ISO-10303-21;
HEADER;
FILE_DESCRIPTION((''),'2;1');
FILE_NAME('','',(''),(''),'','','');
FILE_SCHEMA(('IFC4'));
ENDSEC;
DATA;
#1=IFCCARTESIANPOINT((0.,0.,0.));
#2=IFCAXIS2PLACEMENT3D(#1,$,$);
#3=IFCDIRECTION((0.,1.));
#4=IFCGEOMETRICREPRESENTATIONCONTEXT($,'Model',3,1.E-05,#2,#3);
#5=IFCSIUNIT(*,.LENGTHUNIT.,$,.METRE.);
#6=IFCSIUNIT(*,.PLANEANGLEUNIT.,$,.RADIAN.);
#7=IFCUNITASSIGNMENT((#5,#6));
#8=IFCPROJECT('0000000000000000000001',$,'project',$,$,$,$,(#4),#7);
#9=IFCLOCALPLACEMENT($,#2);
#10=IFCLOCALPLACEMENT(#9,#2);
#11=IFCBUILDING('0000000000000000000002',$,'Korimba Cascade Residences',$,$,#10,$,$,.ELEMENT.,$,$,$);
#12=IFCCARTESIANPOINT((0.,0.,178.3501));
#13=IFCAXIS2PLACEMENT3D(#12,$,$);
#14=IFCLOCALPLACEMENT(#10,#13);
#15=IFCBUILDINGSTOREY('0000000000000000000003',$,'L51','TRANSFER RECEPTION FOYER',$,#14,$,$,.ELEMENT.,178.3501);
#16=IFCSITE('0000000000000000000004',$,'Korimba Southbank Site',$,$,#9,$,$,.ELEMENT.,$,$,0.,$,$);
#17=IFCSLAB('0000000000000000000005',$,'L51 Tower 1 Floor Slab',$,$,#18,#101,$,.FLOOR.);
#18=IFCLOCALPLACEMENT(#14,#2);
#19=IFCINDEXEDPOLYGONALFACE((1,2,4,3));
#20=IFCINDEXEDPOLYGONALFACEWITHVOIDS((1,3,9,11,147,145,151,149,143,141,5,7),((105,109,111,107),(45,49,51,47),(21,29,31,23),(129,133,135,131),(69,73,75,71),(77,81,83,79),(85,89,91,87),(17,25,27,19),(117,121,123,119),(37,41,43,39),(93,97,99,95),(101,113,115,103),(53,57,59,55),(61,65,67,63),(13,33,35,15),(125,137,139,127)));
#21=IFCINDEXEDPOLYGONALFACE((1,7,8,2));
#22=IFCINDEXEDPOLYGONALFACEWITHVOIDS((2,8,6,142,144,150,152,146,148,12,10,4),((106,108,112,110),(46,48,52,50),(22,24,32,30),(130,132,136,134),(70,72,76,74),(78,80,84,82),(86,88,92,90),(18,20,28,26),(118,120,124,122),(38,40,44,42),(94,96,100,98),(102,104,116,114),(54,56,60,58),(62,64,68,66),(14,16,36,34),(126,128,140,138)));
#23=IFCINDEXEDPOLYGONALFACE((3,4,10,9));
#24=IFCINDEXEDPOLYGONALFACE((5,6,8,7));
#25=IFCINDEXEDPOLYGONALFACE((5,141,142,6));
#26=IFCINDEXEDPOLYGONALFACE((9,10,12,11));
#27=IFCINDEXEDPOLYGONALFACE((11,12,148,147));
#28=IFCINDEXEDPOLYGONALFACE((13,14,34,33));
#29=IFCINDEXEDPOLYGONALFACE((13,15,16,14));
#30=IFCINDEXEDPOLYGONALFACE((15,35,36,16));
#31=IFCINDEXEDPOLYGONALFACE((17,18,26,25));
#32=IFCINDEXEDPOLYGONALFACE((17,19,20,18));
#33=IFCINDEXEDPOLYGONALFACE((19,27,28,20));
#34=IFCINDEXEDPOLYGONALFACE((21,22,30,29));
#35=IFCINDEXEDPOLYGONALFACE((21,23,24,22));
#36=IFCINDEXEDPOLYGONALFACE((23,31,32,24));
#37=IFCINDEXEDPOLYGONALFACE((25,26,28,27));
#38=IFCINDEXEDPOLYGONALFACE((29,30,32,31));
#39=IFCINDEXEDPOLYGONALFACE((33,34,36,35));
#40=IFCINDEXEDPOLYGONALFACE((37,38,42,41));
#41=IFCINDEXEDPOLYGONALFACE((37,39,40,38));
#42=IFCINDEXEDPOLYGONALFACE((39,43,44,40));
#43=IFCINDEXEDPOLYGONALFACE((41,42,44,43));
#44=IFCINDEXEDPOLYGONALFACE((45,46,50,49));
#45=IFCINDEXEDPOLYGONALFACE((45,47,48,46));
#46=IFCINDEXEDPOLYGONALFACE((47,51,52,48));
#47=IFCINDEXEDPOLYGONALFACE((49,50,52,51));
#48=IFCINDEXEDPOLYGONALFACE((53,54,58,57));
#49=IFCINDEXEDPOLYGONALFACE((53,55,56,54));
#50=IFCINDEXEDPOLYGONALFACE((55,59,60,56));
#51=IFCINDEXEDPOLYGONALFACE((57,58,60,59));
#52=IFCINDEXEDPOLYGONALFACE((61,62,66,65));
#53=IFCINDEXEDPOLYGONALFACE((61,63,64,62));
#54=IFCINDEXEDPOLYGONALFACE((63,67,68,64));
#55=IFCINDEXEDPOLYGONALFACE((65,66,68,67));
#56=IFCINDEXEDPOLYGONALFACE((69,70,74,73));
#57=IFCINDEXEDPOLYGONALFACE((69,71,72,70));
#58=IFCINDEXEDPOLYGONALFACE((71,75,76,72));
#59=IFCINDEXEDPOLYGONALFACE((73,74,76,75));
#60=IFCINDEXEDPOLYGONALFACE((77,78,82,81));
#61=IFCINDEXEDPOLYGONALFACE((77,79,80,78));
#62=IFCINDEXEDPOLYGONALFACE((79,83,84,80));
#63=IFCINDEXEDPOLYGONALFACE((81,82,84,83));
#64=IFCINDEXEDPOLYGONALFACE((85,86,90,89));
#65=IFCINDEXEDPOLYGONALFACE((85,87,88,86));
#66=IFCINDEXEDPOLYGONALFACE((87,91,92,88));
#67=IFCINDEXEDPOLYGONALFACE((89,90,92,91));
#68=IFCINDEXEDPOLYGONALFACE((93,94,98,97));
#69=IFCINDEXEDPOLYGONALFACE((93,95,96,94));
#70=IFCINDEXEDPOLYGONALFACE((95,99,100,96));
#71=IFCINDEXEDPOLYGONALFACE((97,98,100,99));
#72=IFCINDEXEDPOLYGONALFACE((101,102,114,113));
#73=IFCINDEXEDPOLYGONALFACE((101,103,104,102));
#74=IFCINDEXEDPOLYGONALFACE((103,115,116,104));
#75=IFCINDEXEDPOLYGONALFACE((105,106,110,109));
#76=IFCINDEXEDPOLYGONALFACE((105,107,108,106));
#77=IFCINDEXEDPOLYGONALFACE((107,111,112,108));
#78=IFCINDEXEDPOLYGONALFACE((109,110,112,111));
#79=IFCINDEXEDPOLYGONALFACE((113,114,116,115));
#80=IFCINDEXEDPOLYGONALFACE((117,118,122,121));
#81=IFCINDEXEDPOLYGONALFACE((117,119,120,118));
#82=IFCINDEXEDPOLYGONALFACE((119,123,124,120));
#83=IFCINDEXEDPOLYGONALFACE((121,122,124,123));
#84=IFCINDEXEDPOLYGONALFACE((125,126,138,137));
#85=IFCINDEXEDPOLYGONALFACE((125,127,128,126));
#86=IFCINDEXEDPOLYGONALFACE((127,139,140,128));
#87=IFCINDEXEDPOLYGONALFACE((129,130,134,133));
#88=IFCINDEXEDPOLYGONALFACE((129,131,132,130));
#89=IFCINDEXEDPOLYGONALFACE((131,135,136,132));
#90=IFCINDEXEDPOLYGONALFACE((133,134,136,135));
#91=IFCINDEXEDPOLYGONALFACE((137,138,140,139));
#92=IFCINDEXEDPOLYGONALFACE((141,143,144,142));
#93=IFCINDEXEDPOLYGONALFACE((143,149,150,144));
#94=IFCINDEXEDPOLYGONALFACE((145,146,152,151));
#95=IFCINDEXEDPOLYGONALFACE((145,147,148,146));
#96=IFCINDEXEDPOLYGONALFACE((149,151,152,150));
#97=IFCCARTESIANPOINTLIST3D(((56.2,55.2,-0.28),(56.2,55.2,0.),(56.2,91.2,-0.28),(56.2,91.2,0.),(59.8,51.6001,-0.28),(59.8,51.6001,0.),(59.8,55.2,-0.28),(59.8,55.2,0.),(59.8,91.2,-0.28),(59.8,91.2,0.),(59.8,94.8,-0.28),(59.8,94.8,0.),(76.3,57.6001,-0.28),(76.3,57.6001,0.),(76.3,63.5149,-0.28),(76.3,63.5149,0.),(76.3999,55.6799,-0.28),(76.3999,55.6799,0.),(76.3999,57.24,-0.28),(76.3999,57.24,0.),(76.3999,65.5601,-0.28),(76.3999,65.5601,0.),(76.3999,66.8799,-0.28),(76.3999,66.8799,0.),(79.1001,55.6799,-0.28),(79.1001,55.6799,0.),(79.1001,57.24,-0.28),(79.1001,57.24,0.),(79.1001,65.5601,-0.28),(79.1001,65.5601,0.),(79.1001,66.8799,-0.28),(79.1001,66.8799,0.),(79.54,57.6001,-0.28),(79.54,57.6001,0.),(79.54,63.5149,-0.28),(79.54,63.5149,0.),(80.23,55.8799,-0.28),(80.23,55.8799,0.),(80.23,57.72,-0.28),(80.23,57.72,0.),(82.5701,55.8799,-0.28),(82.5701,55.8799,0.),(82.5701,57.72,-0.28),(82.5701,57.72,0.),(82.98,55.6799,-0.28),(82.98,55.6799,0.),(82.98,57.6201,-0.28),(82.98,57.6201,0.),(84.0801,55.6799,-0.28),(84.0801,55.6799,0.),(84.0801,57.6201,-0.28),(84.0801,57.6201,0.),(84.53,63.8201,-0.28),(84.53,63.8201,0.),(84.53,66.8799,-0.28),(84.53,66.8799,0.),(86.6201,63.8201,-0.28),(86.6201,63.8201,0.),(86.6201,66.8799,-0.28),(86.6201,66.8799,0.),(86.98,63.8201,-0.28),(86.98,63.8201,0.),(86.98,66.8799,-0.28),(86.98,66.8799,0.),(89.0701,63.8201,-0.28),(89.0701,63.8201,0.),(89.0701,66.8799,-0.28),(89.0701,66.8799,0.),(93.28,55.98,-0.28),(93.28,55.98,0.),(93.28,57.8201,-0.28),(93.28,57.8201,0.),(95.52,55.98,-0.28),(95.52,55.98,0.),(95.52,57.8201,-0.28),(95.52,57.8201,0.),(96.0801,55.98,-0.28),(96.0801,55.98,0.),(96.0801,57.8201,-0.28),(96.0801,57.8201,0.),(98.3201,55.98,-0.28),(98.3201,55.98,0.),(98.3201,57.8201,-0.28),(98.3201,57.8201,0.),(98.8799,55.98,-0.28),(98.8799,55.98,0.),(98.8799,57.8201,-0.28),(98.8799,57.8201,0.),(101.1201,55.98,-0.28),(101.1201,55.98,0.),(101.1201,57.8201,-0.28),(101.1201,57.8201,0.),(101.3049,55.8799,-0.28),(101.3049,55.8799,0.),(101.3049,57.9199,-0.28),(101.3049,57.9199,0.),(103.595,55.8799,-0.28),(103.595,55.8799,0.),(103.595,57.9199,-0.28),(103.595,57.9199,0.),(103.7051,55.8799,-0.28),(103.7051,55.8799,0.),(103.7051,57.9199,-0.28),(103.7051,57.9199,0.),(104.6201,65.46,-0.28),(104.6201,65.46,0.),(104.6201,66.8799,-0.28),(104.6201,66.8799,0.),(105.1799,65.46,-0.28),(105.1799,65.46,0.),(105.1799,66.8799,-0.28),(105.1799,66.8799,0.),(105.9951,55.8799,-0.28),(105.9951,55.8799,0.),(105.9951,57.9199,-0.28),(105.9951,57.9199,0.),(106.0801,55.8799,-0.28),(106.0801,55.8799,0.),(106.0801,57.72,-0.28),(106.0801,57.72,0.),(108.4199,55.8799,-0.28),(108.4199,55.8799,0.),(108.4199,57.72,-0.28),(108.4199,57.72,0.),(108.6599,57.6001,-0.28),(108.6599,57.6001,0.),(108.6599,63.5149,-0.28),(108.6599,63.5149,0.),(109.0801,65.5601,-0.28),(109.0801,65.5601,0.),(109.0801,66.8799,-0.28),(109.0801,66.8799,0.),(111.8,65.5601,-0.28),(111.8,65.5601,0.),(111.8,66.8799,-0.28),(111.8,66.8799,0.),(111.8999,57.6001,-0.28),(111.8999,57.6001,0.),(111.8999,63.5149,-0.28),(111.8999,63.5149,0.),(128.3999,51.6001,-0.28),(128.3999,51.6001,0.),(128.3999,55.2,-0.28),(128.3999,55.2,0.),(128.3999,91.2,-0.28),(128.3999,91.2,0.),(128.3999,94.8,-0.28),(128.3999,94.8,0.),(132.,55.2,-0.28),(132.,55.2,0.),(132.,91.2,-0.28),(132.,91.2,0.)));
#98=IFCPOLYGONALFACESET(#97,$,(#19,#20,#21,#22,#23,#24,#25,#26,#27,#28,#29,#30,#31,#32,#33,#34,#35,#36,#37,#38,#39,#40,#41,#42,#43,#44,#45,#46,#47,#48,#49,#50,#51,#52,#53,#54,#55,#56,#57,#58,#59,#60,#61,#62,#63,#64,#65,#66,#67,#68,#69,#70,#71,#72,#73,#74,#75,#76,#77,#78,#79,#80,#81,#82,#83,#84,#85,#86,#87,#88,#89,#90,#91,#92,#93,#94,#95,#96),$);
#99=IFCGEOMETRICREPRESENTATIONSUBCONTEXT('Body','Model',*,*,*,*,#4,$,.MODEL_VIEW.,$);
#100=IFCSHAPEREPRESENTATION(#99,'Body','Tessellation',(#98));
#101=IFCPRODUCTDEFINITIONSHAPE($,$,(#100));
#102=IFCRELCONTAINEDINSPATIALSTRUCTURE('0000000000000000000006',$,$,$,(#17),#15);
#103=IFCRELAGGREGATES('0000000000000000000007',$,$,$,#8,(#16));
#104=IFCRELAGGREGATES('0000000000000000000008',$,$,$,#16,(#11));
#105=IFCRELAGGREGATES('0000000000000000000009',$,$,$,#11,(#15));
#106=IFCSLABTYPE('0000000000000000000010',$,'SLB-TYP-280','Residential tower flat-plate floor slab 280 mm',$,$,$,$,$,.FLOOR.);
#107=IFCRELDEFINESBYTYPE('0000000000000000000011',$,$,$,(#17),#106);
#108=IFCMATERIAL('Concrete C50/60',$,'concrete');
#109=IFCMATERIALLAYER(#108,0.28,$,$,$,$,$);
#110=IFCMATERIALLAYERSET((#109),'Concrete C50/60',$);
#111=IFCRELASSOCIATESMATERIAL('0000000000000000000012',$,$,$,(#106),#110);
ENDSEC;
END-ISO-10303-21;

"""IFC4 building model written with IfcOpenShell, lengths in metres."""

from ifc_helpers import new_model, si_unit, direction, frame, origin, place, context, subcontext, project, spatial, polyline, outline, extrude, material, layer, layer_set, type_object, element, save


model = new_model("IFC4")

# Units and contexts
model_context = context("Model", 3, precision=1e-05, world=origin(), true_north=direction((0.0, 1.0)))
body_context = subcontext(model_context, "Body", "Model", "MODEL_VIEW")
ifc_project = project(units=[si_unit("LENGTHUNIT", "METRE"), si_unit("PLANEANGLEUNIT", "RADIAN")], contexts=[model_context])

# Site, building, storey
site_placement = place(None, origin())
site = spatial("IfcSite", under=ifc_project, at=site_placement, Name="Korimba Southbank Site", CompositionType="ELEMENT", RefElevation=0.0)
building_placement = place(site_placement, origin())
building = spatial("IfcBuilding", under=site, at=building_placement, Name="Korimba Cascade Residences", CompositionType="ELEMENT")
storey_placement = place(building_placement, frame((0.0, 0.0, 178.3501)))
storey = spatial("IfcBuildingStorey", under=building, at=storey_placement, Name="L51", Description="TRANSFER RECEPTION FOYER", CompositionType="ELEMENT", Elevation=178.3501)

# Shared definitions
ifc_material_1 = material(Name="Concrete C50/60", Category="concrete")

# Slab
ifc_layer_1 = layer(ifc_material_1, 0.28)
ifc_layer_set_1 = layer_set([ifc_layer_1], Name="Concrete C50/60")
slab_type_1 = type_object("IfcSlabType", Name="SLB-TYP-280", Description="Residential tower flat-plate floor slab 280 mm", PredefinedType="FLOOR", material=ifc_layer_set_1)
slab_1_placement = place(storey_placement, frame((0.0, 0.0, -0.28)))
element("IfcSlab", 1, at=slab_1_placement, inside=storey, type_object=slab_type_1, Name="L51 Tower 1 Floor Slab", PredefinedType="FLOOR", context=body_context, shape_type="SweptSolid", body=[
    extrude(outline(polyline([(59.8, 51.6001), (128.3999, 51.6001), (128.3999, 55.2), (132.0, 55.2), (132.0, 91.2), (128.3999, 91.2), (128.3999, 94.8), (59.8, 94.8), (59.8, 91.2), (56.2, 91.2), (56.2, 55.2), (59.8, 55.2), (59.8, 51.6001)]), holes=[polyline([(76.3, 63.5149), (76.3, 57.6001), (79.54, 57.6001), (79.54, 63.5149), (76.3, 63.5149)]), polyline([(108.6599, 63.5149), (108.6599, 57.6001), (111.8999, 57.6001), (111.8999, 63.5149), (108.6599, 63.5149)]), polyline([(80.23, 55.8799), (82.5701, 55.8799), (82.5701, 57.72), (80.23, 57.72), (80.23, 55.8799)]), polyline([(106.0801, 55.8799), (108.4199, 55.8799), (108.4199, 57.72), (106.0801, 57.72), (106.0801, 55.8799)]), polyline([(93.28, 55.98), (95.52, 55.98), (95.52, 57.8201), (93.28, 57.8201), (93.28, 55.98)]), polyline([(96.0801, 55.98), (98.3201, 55.98), (98.3201, 57.8201), (96.0801, 57.8201), (96.0801, 55.98)]), polyline([(98.8799, 55.98), (101.1201, 55.98), (101.1201, 57.8201), (98.8799, 57.8201), (98.8799, 55.98)]), polyline([(101.3049, 55.8799), (103.595, 55.8799), (103.595, 57.9199), (101.3049, 57.9199), (101.3049, 55.8799)]), polyline([(103.7051, 55.8799), (105.9951, 55.8799), (105.9951, 57.9199), (103.7051, 57.9199), (103.7051, 55.8799)]), polyline([(82.98, 55.6799), (84.0801, 55.6799), (84.0801, 57.6201), (82.98, 57.6201), (82.98, 55.6799)]), polyline([(76.3999, 65.5601), (79.1001, 65.5601), (79.1001, 66.8799), (76.3999, 66.8799), (76.3999, 65.5601)]), polyline([(76.3999, 55.6799), (79.1001, 55.6799), (79.1001, 57.24), (76.3999, 57.24), (76.3999, 55.6799)]), polyline([(84.53, 63.8201), (86.6201, 63.8201), (86.6201, 66.8799), (84.53, 66.8799), (84.53, 63.8201)]), polyline([(86.98, 63.8201), (89.0701, 63.8201), (89.0701, 66.8799), (86.98, 66.8799), (86.98, 63.8201)]), polyline([(104.6201, 65.46), (105.1799, 65.46), (105.1799, 66.8799), (104.6201, 66.8799), (104.6201, 65.46)]), polyline([(109.0801, 65.5601), (111.8, 65.5601), (111.8, 66.8799), (109.0801, 66.8799), (109.0801, 65.5601)])]), origin(), (0.0, 0.0, 1.0), 0.28),
])

save(model, "model.ifc")
